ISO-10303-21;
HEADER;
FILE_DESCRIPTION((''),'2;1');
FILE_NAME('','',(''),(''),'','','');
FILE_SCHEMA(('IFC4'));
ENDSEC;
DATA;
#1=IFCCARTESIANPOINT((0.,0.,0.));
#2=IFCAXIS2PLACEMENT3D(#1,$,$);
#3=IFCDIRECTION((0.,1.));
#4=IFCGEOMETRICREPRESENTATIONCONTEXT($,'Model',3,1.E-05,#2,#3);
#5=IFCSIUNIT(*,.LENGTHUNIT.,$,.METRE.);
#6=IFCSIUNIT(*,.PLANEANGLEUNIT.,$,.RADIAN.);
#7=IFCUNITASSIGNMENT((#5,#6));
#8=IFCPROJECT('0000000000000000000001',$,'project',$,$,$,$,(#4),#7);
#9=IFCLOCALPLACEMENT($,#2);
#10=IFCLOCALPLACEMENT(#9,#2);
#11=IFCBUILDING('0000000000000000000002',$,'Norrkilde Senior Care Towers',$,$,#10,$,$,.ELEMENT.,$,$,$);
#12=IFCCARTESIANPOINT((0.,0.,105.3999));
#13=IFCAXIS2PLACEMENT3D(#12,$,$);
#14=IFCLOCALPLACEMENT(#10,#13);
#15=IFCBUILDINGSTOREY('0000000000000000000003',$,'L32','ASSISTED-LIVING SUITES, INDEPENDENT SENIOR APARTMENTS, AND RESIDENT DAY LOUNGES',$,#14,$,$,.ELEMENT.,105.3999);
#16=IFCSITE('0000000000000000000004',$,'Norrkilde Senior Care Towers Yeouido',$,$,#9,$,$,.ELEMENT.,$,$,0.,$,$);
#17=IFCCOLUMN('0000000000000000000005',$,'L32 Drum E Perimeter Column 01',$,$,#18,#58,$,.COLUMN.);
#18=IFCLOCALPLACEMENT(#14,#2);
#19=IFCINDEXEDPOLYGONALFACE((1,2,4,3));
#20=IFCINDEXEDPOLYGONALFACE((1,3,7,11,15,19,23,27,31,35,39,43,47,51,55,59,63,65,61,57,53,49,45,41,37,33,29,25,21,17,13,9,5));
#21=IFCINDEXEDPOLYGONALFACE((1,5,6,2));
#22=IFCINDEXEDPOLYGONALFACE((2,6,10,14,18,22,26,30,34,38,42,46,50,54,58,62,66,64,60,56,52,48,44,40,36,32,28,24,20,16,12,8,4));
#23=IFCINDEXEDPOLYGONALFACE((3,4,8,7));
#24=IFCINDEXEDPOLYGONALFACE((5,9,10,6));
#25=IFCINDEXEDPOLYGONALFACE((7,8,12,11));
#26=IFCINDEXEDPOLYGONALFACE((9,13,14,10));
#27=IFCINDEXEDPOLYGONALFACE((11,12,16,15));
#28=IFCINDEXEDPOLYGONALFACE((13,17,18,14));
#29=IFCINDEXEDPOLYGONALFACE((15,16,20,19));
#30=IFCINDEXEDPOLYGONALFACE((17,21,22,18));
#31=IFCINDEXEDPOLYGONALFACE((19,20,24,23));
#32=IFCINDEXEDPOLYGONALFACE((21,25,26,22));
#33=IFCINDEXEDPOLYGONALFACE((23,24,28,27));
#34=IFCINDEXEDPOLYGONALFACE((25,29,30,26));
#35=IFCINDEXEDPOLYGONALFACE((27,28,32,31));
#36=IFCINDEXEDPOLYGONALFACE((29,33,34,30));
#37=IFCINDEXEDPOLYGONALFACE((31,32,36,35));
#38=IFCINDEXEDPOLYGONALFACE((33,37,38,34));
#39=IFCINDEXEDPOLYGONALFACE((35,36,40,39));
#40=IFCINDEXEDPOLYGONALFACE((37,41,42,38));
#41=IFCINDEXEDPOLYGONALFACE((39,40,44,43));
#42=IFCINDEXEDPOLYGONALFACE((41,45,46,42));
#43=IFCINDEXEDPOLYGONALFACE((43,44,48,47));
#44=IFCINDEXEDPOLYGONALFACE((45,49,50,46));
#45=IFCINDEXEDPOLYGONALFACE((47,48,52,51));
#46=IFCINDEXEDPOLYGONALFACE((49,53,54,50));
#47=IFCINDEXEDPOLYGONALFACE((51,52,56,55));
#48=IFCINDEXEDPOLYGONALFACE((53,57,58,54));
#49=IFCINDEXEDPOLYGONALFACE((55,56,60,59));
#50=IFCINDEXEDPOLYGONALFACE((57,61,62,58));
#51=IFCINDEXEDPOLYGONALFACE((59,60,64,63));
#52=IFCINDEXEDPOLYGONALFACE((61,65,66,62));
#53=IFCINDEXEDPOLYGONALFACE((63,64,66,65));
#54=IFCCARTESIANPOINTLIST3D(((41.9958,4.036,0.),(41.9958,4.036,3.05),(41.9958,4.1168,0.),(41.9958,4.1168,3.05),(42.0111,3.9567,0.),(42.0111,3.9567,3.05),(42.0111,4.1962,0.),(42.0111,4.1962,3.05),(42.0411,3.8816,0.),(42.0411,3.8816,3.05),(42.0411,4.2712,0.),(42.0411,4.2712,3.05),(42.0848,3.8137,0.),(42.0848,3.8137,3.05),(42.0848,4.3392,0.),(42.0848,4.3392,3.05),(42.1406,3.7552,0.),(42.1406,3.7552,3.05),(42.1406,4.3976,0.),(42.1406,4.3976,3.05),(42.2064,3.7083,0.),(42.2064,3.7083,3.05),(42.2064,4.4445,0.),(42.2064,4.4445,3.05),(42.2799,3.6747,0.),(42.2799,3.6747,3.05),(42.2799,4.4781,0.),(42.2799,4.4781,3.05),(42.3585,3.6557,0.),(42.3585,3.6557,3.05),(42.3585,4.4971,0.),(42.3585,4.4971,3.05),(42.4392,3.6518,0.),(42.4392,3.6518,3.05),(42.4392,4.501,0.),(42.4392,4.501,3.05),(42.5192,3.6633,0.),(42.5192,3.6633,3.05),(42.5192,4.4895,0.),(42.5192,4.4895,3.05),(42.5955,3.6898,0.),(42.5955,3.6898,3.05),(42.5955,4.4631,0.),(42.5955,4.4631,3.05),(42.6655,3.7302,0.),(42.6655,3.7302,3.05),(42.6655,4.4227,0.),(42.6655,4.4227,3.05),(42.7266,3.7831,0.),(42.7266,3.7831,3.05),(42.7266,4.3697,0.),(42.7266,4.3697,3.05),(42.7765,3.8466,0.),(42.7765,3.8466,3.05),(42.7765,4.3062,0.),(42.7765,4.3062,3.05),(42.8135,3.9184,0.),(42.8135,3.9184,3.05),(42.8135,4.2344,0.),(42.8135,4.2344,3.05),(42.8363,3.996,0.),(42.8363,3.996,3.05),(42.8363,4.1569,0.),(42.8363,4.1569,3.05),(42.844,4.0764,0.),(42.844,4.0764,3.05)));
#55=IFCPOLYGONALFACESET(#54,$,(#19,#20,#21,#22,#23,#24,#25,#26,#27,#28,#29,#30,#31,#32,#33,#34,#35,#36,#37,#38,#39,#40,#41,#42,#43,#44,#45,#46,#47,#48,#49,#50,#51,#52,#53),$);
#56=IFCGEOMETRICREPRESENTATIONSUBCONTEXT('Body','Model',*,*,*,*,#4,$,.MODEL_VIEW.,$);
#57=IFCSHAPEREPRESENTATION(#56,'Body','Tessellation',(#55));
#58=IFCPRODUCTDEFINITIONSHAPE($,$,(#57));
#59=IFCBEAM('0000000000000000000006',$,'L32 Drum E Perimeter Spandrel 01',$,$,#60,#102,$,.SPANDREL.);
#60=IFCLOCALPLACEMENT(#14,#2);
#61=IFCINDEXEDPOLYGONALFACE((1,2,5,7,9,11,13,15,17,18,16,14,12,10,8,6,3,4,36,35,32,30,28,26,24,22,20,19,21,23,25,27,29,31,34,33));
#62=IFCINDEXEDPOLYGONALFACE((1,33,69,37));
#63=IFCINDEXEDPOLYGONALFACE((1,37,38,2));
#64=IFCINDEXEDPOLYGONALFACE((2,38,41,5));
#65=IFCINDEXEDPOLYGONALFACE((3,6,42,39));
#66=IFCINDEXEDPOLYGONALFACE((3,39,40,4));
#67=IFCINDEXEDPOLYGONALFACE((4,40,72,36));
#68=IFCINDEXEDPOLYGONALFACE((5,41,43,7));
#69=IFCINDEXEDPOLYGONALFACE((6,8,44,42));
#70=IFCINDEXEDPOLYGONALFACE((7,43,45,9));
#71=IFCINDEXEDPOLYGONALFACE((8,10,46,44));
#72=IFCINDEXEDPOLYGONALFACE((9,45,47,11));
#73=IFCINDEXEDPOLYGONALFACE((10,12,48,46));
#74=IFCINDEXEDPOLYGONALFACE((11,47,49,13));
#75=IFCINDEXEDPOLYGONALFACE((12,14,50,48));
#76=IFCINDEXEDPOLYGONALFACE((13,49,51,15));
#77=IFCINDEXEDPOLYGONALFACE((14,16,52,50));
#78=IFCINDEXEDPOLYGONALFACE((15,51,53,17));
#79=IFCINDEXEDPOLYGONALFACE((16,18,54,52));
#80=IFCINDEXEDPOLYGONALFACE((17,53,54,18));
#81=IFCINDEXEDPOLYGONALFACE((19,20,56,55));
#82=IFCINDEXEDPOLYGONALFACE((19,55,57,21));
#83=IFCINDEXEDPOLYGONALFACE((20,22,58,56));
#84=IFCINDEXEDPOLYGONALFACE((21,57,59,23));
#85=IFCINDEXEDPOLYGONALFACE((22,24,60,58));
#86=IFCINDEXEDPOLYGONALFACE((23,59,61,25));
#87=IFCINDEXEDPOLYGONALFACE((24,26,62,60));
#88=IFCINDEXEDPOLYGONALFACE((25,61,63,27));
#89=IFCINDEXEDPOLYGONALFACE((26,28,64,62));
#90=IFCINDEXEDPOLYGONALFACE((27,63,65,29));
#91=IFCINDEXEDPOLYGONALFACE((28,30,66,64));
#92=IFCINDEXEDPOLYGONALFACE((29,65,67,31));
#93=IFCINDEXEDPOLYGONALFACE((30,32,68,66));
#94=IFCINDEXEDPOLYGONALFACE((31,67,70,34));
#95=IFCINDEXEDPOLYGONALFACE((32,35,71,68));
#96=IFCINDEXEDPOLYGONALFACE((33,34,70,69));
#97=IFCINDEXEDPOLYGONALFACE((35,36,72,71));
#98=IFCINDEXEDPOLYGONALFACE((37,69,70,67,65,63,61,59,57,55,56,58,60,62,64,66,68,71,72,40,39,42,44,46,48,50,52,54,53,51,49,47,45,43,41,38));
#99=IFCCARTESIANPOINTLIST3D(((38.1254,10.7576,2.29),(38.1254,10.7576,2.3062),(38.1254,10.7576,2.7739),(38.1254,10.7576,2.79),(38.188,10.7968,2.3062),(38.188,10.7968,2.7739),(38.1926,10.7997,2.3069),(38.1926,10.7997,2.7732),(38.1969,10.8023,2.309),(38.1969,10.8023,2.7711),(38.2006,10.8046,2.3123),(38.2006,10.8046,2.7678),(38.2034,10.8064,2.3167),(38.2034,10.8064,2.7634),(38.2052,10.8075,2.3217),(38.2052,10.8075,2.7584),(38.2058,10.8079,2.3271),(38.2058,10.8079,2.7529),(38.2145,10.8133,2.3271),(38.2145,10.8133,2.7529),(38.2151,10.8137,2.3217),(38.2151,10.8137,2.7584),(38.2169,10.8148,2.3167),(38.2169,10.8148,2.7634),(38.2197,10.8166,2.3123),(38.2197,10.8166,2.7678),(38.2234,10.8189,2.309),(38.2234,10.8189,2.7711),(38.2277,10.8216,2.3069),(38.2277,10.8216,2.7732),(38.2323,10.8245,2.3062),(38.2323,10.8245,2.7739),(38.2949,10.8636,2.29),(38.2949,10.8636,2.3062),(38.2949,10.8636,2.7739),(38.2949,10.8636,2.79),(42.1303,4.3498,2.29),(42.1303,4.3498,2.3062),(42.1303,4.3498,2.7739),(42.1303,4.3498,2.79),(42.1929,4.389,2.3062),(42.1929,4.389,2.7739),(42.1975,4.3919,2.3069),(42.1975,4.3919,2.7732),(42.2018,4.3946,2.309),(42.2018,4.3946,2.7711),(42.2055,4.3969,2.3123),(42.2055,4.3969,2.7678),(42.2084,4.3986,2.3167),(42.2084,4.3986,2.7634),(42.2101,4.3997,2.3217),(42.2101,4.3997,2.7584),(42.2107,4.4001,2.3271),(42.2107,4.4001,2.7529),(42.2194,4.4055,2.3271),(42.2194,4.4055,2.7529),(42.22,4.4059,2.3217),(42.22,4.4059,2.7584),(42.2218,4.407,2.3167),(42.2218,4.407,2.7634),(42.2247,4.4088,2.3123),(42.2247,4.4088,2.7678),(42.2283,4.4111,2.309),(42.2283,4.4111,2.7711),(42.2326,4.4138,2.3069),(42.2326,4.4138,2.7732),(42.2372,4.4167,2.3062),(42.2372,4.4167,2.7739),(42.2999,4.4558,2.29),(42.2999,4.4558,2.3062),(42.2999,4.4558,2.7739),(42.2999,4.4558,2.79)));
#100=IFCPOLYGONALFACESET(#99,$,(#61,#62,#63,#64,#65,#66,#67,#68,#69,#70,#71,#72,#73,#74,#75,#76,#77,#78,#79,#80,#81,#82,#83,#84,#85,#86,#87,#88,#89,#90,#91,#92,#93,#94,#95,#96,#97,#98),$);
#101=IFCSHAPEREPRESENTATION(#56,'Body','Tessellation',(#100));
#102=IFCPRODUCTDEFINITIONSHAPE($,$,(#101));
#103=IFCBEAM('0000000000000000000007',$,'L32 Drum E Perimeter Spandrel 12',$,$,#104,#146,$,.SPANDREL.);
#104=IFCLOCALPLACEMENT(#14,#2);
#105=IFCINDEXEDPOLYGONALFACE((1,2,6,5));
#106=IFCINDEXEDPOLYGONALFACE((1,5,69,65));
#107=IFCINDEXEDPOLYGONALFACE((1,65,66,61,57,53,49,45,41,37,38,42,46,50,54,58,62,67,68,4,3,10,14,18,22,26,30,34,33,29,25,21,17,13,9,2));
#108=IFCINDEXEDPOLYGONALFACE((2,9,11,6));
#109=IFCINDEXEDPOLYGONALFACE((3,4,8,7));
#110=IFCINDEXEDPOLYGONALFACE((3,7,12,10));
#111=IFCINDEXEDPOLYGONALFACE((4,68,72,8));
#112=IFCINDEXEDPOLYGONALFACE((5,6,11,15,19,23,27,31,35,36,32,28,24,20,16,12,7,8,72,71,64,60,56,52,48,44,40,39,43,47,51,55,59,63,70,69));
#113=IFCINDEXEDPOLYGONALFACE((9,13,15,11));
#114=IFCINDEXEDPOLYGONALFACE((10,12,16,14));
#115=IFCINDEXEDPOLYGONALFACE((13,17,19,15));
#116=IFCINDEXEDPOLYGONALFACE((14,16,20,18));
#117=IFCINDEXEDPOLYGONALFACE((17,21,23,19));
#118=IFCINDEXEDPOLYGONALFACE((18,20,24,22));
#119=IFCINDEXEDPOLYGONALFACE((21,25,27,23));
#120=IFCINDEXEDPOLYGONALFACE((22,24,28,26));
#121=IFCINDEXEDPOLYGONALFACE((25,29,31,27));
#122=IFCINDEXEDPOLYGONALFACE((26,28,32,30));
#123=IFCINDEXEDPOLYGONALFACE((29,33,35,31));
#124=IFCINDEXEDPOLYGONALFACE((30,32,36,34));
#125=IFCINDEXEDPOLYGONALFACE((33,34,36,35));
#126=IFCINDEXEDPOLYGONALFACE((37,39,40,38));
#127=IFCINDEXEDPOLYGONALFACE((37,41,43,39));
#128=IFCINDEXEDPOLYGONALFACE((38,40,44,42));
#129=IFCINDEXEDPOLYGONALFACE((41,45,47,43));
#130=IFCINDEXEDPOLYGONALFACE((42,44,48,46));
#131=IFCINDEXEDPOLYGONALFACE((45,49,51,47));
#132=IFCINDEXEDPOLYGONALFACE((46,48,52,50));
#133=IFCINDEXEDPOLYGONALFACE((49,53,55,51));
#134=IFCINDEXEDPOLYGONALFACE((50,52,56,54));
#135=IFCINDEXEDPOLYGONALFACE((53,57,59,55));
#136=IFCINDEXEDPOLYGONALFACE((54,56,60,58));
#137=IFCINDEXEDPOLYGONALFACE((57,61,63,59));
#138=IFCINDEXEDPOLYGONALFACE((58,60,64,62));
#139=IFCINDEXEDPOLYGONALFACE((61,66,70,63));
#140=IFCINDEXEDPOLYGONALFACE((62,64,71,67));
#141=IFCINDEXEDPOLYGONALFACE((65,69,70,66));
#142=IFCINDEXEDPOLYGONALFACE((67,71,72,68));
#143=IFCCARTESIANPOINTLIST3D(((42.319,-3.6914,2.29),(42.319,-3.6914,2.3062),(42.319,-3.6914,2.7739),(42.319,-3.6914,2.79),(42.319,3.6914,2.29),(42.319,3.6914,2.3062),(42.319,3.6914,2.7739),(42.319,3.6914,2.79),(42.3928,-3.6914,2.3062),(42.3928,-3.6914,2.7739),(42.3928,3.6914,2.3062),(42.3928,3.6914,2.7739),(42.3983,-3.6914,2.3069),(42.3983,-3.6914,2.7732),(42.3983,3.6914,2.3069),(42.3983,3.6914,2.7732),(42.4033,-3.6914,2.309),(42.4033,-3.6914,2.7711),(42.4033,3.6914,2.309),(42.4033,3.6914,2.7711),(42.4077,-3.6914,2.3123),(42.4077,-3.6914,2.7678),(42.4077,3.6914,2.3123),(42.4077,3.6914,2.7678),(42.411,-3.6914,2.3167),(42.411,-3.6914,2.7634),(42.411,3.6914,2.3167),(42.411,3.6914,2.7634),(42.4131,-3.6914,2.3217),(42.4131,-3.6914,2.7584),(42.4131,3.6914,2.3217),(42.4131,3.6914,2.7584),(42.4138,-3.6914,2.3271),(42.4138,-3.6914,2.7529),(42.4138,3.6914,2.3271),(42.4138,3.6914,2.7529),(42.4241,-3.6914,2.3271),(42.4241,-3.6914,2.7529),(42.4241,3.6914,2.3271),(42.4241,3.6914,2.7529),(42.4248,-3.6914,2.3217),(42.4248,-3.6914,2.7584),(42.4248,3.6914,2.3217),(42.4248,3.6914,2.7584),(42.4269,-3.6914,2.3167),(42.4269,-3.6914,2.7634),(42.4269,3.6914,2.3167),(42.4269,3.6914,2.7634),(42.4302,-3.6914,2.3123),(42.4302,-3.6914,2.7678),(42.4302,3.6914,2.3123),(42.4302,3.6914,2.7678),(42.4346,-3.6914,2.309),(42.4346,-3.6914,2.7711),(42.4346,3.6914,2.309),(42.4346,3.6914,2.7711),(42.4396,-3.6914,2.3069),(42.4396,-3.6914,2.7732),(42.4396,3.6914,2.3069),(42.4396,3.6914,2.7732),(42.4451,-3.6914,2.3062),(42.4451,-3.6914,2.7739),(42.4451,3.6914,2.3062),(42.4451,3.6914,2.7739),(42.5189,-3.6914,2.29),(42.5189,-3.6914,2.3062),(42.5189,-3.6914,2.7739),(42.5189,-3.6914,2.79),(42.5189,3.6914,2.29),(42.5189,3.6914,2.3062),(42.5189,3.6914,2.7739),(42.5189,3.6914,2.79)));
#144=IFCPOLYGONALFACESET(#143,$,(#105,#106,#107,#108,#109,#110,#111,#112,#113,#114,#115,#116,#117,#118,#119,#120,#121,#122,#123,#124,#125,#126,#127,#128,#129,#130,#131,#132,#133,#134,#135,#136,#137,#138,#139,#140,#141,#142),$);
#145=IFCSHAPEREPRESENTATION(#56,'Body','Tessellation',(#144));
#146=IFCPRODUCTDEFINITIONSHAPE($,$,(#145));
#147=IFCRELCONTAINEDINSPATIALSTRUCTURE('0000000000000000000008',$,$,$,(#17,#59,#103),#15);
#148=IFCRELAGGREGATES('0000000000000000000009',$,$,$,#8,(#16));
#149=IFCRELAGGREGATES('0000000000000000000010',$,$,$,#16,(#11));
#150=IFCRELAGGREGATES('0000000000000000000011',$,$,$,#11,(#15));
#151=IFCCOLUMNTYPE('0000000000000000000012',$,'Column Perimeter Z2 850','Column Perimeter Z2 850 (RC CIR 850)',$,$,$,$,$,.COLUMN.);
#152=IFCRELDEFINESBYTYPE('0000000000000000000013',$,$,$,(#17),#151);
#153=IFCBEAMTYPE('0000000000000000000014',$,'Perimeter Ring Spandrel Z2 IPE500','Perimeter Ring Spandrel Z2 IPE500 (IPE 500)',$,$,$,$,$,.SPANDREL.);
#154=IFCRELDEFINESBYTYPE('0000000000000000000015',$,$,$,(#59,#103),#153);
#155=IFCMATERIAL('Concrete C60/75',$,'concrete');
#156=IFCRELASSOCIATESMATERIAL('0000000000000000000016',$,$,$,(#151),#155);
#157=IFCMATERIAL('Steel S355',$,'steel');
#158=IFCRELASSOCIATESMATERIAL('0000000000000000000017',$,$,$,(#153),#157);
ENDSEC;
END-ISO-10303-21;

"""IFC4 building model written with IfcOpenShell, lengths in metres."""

from ifc_helpers import new_model, si_unit, direction, frame, origin, origin_2d, place, context, subcontext, project, spatial, circle, i_section, extrude, source, transform, mapped, material, material_profile, profile_set, type_object, type_shapes, element, save


model = new_model("IFC4")

# Units and contexts
model_context = context("Model", 3, precision=1e-05, world=origin(), true_north=direction((0.0, 1.0)))
body_context = subcontext(model_context, "Body", "Model", "MODEL_VIEW")
ifc_project = project(units=[si_unit("LENGTHUNIT", "METRE"), si_unit("PLANEANGLEUNIT", "RADIAN")], contexts=[model_context])

# Site, building, storey
site_placement = place(None, origin())
site = spatial("IfcSite", under=ifc_project, at=site_placement, Name="Norrkilde Senior Care Towers Yeouido", CompositionType="ELEMENT", RefElevation=0.0)
building_placement = place(site_placement, origin())
building = spatial("IfcBuilding", under=site, at=building_placement, Name="Norrkilde Senior Care Towers", CompositionType="ELEMENT")
storey_placement = place(building_placement, frame((0.0, 0.0, 105.3999)))
storey = spatial("IfcBuildingStorey", under=building, at=storey_placement, Name="L32", Description="ASSISTED-LIVING SUITES, INDEPENDENT SENIOR APARTMENTS, AND RESIDENT DAY LOUNGES", CompositionType="ELEMENT", Elevation=105.3999)

# Column
ifc_material_1 = material(Name="Concrete C60/75", Category="concrete")
ifc_material_profile_1 = material_profile(ifc_material_1, circle(Radius=0.425, at=origin_2d()), Name="RC CIR 850")
ifc_profile_set_1 = profile_set([ifc_material_profile_1], Name="Concrete C60/75")
column_type = type_object("IfcColumnType", Name="Column Perimeter Z2 850", Description="Column Perimeter Z2 850 (RC CIR 850)", PredefinedType="COLUMN", material=ifc_profile_set_1)
shared_shape_1 = source(origin(), body_context, "Body", "SweptSolid", [
    extrude(circle(Radius=0.425, at=origin_2d()), origin(), (0.0, 0.0, 1.0), 3.05),
])
type_shapes(column_type, [shared_shape_1])
column_placement = place(storey_placement, frame((42.4189, 4.0764, 0.0), z_axis=(0.0, 0.0, 1.0), x_axis=(1.0, 0.0, 0.0)))
element("IfcColumn", 1, at=column_placement, inside=storey, type_object=column_type, Name="L32 Drum E Perimeter Column 01", PredefinedType="COLUMN", context=body_context, shape_type="MappedRepresentation", body=[
    mapped(shared_shape_1, transform((0.0, 0.0, 0.0), x_axis=(1.0, 0.0, 0.0), y_axis=(0.0, 1.0, 0.0), z_axis=(0.0, 0.0, 1.0), scale=1.0)),
])

# Beams
ifc_material_2 = material(Name="Steel S355", Category="steel")
ifc_material_profile_2 = material_profile(ifc_material_2, i_section(OverallWidth=0.2, OverallDepth=0.5, WebThickness=0.0103, FlangeThickness=0.0161, FilletRadius=0.021, at=origin_2d()), Name="IPE 500")
ifc_profile_set_2 = profile_set([ifc_material_profile_2], Name="Steel S355")
beam_type_1 = type_object("IfcBeamType", Name="Perimeter Ring Spandrel Z2 IPE500", Description="Perimeter Ring Spandrel Z2 IPE500 (IPE 500)", PredefinedType="SPANDREL", material=ifc_profile_set_2)
shared_shape_2 = source(origin(), body_context, "Body", "SweptSolid", [
    extrude(i_section(OverallWidth=0.2, OverallDepth=0.5, WebThickness=0.0103, FlangeThickness=0.0161, FilletRadius=0.021, at=origin_2d()), origin(), (0.0, 0.0, 1.0), 7.5564),
])
beam_1_placement = place(storey_placement, frame((42.2151, 4.4028, 2.54), z_axis=(-0.530005, 0.847995, 0.0), x_axis=(-0.847995, -0.530005, 0.0)))
element("IfcBeam", 2, at=beam_1_placement, inside=storey, type_object=beam_type_1, Name="L32 Drum E Perimeter Spandrel 01", PredefinedType="SPANDREL", context=body_context, shape_type="MappedRepresentation", body=[
    mapped(shared_shape_2, transform((0.0, 0.0, 0.0), x_axis=(1.0, 0.0, 0.0), y_axis=(0.0, 1.0, 0.0), z_axis=(0.0, 0.0, 1.0), scale=1.0)),
])
shared_shape_3 = source(origin(), body_context, "Body", "SweptSolid", [
    extrude(i_section(OverallWidth=0.2, OverallDepth=0.5, WebThickness=0.0103, FlangeThickness=0.0161, FilletRadius=0.021, at=origin_2d()), origin(), (0.0, 0.0, 1.0), 7.3828),
])
type_shapes(beam_type_1, [shared_shape_2, shared_shape_3])
beam_2_placement = place(storey_placement, frame((42.4189, -3.6914, 2.54), z_axis=(0.0, 1.0, 0.0), x_axis=(-1.0, 0.0, 0.0)))
element("IfcBeam", 3, at=beam_2_placement, inside=storey, type_object=beam_type_1, Name="L32 Drum E Perimeter Spandrel 12", PredefinedType="SPANDREL", context=body_context, shape_type="MappedRepresentation", body=[
    mapped(shared_shape_3, transform((0.0, 0.0, 0.0), x_axis=(1.0, 0.0, 0.0), y_axis=(0.0, 1.0, 0.0), z_axis=(0.0, 0.0, 1.0), scale=1.0)),
])

save(model, "model.ifc")
